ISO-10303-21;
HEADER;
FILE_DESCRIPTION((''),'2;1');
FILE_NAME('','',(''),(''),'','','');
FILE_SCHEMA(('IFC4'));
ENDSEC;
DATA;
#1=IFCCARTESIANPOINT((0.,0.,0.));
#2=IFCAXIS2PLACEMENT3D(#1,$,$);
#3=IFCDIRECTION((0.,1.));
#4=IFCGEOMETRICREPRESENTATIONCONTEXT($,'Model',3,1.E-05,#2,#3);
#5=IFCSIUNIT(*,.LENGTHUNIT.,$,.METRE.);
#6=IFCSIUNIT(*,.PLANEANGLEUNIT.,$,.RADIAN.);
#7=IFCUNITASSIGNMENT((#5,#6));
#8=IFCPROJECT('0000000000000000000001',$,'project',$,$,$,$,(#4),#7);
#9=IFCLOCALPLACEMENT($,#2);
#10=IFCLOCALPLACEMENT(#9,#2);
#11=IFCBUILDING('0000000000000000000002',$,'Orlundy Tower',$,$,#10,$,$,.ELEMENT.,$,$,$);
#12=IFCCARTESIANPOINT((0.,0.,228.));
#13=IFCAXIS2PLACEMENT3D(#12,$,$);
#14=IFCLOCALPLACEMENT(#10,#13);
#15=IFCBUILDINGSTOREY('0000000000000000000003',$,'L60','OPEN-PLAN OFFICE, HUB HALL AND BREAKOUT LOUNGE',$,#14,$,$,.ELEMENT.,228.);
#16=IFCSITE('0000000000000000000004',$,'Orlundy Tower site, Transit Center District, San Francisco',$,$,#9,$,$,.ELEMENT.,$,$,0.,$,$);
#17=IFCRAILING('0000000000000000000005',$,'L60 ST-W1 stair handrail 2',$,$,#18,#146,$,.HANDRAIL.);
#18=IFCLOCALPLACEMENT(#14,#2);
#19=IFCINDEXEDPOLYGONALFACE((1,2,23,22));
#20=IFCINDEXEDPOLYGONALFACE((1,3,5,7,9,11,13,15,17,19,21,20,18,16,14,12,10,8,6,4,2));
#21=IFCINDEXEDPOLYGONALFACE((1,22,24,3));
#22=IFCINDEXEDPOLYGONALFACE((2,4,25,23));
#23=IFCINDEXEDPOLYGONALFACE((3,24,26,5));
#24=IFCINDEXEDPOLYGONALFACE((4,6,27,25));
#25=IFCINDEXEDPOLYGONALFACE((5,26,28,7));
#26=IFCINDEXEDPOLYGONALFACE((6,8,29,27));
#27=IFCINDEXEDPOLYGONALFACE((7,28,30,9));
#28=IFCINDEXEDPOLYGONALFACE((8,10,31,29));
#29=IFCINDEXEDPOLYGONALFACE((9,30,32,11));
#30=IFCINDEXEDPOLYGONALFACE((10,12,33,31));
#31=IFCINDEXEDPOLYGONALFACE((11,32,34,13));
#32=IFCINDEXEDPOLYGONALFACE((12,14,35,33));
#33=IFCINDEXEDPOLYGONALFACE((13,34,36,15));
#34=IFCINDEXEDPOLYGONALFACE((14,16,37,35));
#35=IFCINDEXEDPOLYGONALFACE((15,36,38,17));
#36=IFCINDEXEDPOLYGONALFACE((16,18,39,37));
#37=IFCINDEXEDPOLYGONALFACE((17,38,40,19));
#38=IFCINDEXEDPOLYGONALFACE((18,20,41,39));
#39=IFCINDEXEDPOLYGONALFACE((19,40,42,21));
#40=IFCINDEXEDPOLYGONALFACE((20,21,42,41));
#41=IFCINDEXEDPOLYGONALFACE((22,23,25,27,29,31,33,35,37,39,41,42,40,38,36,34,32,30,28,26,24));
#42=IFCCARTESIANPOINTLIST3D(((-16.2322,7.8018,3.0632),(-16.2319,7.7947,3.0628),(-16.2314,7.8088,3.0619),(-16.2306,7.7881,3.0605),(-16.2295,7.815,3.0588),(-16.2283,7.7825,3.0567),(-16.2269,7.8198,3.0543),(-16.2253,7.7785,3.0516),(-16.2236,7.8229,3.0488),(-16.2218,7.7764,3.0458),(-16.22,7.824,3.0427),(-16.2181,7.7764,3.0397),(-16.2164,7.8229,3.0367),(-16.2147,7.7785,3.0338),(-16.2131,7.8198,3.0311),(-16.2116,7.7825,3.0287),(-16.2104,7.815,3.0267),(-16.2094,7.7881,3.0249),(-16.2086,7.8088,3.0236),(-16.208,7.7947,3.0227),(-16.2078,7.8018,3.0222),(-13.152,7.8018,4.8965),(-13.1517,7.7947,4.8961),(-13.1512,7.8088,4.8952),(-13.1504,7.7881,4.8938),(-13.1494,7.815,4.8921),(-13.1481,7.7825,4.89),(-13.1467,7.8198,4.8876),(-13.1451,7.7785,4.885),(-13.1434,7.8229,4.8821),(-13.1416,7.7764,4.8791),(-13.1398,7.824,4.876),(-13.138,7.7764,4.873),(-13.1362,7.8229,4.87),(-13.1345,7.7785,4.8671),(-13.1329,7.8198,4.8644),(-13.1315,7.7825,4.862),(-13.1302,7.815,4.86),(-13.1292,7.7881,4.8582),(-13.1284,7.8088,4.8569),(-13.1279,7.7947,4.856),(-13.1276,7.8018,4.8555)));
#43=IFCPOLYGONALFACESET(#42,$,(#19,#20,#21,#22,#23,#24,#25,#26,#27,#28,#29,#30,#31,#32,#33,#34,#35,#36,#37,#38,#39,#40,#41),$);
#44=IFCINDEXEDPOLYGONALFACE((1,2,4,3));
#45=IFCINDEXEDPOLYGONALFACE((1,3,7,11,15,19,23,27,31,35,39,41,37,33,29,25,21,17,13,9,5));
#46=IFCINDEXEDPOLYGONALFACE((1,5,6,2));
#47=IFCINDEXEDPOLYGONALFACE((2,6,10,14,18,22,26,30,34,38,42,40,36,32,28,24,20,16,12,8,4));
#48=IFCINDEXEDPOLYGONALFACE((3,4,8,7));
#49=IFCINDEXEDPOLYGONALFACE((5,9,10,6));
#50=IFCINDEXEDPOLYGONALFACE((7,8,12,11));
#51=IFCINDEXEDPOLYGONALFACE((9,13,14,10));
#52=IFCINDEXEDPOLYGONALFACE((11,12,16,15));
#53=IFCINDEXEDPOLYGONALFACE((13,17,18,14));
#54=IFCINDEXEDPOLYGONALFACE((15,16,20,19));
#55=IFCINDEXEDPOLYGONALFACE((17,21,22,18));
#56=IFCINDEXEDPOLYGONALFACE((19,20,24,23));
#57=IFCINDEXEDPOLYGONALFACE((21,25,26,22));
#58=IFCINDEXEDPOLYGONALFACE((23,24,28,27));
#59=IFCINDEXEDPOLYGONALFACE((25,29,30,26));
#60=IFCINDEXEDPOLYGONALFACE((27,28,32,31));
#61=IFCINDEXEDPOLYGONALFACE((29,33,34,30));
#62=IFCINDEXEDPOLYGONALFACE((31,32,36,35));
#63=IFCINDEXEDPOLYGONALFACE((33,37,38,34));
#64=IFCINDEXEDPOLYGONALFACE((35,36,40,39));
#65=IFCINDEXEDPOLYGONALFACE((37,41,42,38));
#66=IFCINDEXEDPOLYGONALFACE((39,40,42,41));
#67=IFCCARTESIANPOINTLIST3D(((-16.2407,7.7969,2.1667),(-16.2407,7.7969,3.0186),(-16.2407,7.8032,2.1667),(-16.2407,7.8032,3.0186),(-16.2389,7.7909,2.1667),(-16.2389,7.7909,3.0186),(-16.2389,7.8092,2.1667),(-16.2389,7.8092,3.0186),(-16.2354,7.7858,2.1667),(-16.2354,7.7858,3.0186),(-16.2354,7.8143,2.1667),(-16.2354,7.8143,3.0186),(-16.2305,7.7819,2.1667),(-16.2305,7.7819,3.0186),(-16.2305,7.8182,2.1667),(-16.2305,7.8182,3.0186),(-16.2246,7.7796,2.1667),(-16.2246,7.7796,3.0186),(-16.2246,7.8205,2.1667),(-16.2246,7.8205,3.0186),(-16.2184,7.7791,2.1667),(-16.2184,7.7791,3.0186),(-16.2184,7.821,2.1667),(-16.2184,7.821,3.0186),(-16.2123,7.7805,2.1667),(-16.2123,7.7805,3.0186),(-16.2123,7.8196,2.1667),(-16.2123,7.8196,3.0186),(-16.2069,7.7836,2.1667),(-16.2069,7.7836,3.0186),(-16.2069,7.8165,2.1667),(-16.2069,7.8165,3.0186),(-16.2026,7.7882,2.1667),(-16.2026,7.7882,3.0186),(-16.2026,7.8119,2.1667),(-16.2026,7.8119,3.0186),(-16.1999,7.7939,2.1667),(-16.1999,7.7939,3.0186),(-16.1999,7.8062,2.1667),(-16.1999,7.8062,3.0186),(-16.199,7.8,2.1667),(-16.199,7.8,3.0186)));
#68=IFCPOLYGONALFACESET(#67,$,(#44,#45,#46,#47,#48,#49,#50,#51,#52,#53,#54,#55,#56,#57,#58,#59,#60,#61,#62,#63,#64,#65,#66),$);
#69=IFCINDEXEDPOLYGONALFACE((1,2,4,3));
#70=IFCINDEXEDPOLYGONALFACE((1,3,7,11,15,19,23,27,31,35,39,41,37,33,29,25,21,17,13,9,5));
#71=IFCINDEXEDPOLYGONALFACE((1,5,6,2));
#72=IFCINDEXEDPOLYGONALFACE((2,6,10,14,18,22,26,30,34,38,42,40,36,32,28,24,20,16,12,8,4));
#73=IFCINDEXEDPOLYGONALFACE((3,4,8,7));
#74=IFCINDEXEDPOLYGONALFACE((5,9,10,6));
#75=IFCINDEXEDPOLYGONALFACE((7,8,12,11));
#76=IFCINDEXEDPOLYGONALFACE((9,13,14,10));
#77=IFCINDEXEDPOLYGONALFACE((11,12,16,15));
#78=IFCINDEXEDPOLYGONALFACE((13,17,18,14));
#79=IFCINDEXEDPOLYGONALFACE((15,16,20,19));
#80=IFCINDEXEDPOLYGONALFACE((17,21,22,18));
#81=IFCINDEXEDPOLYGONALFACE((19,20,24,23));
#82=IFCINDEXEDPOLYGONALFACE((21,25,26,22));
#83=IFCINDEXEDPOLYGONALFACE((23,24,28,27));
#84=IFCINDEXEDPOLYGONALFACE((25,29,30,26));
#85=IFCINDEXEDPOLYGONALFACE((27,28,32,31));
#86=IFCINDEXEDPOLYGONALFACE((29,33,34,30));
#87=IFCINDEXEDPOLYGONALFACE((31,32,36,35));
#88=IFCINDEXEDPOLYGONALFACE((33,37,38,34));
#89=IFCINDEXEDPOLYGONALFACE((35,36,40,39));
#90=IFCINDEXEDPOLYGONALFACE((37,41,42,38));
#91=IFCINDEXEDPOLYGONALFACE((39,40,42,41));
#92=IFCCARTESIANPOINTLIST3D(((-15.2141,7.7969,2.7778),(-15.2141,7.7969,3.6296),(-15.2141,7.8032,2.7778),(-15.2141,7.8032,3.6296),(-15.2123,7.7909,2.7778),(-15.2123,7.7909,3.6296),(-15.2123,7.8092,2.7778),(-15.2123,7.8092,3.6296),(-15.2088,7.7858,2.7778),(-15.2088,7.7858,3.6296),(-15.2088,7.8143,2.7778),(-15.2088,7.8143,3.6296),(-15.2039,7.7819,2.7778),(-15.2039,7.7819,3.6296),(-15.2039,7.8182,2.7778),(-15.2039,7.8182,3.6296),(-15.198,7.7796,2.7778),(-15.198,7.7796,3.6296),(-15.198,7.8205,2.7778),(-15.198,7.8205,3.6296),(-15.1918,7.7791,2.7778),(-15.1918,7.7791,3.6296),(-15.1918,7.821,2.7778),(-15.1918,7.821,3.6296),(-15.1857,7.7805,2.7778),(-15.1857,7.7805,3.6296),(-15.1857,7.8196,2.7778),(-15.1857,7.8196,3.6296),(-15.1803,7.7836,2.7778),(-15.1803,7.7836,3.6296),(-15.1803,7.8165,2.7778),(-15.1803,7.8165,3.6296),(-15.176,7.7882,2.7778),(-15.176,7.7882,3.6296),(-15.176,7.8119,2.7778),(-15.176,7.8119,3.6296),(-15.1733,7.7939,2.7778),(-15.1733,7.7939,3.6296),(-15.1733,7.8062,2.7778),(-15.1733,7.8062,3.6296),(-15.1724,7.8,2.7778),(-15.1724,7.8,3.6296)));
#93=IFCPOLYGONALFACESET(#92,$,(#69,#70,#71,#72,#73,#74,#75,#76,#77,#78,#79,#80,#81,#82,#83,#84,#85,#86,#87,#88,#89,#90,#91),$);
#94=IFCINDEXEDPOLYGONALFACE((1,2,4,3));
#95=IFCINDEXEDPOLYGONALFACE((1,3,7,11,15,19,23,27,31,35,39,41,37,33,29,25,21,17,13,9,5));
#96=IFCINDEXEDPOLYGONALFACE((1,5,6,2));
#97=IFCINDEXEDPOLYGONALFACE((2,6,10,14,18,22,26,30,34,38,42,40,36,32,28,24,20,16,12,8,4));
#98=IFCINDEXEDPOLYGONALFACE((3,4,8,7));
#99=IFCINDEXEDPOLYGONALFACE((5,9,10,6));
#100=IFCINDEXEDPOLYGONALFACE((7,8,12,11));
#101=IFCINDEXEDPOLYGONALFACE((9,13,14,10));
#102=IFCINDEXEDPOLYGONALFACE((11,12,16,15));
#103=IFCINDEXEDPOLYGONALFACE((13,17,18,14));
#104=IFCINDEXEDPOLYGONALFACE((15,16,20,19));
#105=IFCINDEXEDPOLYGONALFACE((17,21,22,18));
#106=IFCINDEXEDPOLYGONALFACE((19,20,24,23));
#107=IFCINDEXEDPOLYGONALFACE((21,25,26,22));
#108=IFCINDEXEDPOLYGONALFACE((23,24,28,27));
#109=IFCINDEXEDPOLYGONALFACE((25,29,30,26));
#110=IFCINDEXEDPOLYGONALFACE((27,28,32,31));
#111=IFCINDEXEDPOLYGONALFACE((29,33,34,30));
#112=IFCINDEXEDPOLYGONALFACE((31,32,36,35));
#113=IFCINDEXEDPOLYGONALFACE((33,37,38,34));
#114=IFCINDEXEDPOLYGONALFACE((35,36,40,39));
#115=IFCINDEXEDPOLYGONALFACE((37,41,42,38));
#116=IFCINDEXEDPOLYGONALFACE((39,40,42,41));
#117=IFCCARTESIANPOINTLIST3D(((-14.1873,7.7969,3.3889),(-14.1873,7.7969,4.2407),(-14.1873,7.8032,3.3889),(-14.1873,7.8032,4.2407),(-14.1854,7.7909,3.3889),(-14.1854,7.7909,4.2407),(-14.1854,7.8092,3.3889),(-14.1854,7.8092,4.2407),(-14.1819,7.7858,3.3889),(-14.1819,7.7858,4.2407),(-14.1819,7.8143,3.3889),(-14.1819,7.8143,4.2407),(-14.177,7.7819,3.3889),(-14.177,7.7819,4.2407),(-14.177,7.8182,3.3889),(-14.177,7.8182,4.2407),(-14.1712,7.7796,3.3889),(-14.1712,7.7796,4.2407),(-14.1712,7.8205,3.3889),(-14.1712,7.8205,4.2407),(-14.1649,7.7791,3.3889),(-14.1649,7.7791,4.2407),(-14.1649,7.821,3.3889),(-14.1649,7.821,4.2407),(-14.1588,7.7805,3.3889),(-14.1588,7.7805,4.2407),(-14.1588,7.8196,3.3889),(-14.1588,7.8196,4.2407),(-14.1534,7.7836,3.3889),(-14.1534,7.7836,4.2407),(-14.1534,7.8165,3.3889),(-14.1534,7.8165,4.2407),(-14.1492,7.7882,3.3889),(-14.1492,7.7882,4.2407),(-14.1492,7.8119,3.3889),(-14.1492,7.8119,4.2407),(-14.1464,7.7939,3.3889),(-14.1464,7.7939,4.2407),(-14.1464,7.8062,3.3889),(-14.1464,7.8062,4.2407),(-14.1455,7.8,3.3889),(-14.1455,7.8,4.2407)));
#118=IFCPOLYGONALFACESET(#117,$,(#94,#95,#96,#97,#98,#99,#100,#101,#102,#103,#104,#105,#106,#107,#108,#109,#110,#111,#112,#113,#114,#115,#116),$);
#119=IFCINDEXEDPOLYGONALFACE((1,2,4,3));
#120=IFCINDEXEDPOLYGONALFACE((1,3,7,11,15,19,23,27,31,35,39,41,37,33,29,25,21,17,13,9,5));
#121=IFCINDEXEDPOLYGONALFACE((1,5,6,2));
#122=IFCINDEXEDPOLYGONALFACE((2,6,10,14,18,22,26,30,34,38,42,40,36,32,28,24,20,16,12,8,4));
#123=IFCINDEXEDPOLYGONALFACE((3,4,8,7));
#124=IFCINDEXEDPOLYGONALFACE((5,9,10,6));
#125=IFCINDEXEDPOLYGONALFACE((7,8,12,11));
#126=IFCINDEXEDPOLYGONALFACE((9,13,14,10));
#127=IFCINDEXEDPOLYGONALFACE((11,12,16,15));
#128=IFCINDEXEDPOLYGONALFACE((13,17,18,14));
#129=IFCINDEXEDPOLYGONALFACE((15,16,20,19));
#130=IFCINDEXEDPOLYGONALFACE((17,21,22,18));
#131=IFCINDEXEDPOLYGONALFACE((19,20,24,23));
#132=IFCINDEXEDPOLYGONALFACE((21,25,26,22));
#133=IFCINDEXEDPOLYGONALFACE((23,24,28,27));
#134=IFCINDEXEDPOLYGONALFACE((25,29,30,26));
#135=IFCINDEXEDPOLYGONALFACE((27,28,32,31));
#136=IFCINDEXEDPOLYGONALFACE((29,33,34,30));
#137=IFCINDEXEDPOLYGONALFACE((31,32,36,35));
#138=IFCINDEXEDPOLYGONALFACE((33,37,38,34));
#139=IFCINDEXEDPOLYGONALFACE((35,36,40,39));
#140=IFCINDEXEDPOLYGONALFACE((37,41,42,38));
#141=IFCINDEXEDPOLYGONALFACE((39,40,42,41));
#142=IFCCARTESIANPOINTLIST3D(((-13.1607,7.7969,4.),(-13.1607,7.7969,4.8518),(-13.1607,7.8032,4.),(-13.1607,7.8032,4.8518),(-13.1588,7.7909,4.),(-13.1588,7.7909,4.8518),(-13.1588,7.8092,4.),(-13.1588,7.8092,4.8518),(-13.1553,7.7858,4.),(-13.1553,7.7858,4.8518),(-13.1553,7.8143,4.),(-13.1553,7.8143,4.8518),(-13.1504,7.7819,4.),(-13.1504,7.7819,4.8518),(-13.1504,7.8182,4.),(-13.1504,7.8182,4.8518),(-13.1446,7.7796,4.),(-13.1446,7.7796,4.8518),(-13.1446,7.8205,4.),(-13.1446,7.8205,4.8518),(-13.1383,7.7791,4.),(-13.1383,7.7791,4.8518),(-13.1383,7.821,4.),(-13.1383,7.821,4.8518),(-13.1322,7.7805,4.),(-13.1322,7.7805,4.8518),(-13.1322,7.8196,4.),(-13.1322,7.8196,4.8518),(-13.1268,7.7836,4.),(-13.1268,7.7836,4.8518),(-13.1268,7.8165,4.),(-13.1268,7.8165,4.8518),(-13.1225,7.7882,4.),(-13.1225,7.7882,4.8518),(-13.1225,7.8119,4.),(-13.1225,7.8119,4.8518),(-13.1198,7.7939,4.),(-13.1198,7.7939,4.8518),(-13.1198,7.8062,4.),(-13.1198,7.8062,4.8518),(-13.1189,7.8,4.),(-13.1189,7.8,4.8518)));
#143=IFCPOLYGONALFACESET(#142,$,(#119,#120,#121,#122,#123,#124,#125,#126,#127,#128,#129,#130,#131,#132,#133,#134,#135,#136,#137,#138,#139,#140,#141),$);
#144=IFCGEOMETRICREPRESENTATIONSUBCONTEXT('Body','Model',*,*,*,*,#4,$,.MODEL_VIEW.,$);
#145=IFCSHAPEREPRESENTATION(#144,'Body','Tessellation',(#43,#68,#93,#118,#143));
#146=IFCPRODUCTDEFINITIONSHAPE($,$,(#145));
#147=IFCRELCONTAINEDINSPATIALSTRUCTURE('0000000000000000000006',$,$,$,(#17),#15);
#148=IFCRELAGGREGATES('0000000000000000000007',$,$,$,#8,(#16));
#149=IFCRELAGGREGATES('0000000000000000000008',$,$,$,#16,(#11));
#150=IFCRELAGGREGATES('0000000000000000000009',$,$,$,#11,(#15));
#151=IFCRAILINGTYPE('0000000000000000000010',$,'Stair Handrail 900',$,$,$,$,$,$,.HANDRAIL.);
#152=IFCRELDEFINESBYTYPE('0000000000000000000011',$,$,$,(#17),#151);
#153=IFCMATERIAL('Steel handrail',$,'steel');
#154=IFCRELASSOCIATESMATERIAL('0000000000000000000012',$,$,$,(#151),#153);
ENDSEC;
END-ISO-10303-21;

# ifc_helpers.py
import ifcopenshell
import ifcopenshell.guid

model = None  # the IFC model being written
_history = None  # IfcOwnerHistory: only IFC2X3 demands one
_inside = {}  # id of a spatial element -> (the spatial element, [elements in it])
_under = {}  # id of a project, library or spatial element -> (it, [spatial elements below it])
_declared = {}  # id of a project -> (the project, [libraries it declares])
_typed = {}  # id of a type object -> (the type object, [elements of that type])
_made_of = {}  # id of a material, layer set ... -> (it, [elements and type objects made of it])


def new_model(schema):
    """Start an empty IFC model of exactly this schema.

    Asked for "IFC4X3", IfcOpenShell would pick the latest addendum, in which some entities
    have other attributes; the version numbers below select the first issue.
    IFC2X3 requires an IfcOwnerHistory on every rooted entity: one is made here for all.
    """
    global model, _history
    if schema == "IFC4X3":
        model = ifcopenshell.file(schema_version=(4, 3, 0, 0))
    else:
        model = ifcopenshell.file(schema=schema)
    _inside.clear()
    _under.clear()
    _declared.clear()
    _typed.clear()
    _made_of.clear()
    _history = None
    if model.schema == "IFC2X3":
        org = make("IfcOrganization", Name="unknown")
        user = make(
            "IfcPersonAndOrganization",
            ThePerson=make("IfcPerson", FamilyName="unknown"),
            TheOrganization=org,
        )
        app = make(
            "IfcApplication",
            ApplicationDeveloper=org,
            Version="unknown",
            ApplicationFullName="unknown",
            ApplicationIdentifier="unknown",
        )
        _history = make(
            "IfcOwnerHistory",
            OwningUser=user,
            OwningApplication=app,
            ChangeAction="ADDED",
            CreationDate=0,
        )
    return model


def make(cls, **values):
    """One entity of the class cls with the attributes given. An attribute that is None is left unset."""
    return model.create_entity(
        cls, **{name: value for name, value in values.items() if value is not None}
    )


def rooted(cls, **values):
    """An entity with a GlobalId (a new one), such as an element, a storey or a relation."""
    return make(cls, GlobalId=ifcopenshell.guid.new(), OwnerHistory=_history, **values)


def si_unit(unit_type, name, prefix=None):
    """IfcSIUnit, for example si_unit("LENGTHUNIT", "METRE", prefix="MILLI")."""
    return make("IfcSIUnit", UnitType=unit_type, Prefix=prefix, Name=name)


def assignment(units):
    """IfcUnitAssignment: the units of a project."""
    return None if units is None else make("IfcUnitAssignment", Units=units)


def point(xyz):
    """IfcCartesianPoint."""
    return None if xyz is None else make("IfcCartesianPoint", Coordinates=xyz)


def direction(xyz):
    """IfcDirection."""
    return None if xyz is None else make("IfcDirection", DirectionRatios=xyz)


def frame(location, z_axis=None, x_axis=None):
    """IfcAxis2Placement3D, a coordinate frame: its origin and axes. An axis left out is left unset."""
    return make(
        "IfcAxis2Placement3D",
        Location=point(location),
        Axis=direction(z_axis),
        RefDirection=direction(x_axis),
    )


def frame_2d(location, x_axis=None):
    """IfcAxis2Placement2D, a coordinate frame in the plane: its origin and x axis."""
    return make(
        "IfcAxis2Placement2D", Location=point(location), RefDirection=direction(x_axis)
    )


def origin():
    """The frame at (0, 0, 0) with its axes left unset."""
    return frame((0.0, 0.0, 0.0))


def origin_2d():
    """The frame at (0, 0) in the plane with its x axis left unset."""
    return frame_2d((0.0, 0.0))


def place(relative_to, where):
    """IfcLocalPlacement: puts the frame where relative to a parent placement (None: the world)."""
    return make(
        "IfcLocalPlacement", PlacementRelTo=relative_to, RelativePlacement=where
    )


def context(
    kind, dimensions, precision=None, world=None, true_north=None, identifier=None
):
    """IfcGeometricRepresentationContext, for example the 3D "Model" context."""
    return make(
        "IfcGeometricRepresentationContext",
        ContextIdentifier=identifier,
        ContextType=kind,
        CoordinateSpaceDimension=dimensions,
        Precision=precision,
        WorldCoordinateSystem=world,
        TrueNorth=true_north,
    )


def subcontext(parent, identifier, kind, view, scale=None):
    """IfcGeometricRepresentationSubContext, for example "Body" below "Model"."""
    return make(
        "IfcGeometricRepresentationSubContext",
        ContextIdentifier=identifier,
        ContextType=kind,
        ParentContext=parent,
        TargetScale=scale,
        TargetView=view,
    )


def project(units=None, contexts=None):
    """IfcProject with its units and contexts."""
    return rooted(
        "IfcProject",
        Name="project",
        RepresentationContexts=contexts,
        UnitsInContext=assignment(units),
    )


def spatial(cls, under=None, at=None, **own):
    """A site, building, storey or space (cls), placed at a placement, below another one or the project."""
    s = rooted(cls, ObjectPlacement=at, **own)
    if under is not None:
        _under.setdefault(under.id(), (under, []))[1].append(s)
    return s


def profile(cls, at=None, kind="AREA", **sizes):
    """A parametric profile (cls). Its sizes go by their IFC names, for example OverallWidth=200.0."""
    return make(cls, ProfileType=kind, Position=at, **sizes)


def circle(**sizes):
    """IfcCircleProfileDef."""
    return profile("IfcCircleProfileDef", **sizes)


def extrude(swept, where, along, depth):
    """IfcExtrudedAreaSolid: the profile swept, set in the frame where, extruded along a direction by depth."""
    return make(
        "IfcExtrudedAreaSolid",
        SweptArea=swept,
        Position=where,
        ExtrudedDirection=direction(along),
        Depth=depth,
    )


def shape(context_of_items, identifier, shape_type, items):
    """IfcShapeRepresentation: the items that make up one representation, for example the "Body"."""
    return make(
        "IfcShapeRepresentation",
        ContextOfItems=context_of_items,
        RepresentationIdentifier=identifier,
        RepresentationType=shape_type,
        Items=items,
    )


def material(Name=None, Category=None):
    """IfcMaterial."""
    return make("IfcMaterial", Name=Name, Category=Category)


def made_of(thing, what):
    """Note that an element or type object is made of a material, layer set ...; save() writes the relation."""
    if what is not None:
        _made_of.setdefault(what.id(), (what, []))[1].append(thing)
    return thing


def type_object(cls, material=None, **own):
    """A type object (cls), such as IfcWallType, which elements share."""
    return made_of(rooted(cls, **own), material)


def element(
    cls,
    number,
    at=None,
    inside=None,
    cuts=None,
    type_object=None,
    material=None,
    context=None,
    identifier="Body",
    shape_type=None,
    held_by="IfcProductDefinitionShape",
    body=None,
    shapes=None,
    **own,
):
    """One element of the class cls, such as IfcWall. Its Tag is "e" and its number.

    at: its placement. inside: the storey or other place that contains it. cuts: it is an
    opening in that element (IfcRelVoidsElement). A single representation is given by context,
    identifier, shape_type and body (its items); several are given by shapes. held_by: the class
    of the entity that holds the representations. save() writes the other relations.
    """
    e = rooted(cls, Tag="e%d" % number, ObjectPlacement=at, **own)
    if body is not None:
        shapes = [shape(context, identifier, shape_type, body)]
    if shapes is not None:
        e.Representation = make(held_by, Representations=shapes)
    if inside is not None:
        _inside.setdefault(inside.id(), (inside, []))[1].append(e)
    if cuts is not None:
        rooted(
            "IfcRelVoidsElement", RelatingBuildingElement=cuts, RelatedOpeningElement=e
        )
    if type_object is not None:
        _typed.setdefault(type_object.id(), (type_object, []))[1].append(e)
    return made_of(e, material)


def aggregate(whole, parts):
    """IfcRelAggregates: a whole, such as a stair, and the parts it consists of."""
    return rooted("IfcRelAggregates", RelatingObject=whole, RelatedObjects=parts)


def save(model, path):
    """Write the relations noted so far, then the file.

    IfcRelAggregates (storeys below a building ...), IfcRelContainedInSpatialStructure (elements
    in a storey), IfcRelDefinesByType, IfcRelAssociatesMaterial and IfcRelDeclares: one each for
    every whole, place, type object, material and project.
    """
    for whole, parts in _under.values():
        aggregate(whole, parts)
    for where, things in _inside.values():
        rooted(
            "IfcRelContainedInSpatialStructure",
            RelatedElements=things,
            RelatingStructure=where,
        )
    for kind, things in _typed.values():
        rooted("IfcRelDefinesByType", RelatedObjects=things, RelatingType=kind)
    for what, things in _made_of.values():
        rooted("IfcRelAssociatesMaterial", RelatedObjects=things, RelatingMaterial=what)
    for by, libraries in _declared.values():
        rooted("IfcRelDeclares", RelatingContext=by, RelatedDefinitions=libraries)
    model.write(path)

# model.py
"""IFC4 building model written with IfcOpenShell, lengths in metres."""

from ifc_helpers import new_model, si_unit, direction, frame, origin, origin_2d, place, context, subcontext, project, spatial, circle, extrude, material, type_object, element, save


model = new_model("IFC4")

# Units and contexts
model_context = context("Model", 3, precision=1e-05, world=origin(), true_north=direction((0.0, 1.0)))
body_context = subcontext(model_context, "Body", "Model", "MODEL_VIEW")
ifc_project = project(units=[si_unit("LENGTHUNIT", "METRE"), si_unit("PLANEANGLEUNIT", "RADIAN")], contexts=[model_context])

# Site, building, storey
site_placement = place(None, origin())
site = spatial("IfcSite", under=ifc_project, at=site_placement, Name="Orlundy Tower site, Transit Center District, San Francisco", CompositionType="ELEMENT", RefElevation=0.0)
building_placement = place(site_placement, origin())
building = spatial("IfcBuilding", under=site, at=building_placement, Name="Orlundy Tower", CompositionType="ELEMENT")
storey_placement = place(building_placement, frame((0.0, 0.0, 228.0)))
storey = spatial("IfcBuildingStorey", under=building, at=storey_placement, Name="L60", Description="OPEN-PLAN OFFICE, HUB HALL AND BREAKOUT LOUNGE", CompositionType="ELEMENT", Elevation=228.0)

# Railing
ifc_material_1 = material(Name="Steel handrail", Category="steel")
railing_type_1 = type_object("IfcRailingType", Name="Stair Handrail 900", PredefinedType="HANDRAIL", material=ifc_material_1)
railing_1_placement = place(storey_placement, frame((-16.22, 7.8, 2.1667)))
element("IfcRailing", 1, at=railing_1_placement, inside=storey, type_object=railing_type_1, Name="L60 ST-W1 stair handrail 2", PredefinedType="HANDRAIL", context=body_context, shape_type="SweptSolid", body=[
    extrude(circle(Radius=0.0239, at=origin_2d()), frame((0.0, 0.0, 0.876), z_axis=(0.859309, 0.0, 0.511458), x_axis=(0.0, 1.0, 0.0)), (0.0, 0.0, 1.0), 3.5845),
    extrude(circle(Radius=0.021, at=origin_2d()), origin(), (0.0, 0.0, 1.0), 0.8518),
    extrude(circle(Radius=0.021, at=origin_2d()), frame((1.0266, 0.0, 0.6111)), (0.0, 0.0, 1.0), 0.8518),
    extrude(circle(Radius=0.021, at=origin_2d()), frame((2.0535, 0.0, 1.2222)), (0.0, 0.0, 1.0), 0.8518),
    extrude(circle(Radius=0.021, at=origin_2d()), frame((3.0801, 0.0, 1.8333)), (0.0, 0.0, 1.0), 0.8518),
])

save(model, "model.ifc")
